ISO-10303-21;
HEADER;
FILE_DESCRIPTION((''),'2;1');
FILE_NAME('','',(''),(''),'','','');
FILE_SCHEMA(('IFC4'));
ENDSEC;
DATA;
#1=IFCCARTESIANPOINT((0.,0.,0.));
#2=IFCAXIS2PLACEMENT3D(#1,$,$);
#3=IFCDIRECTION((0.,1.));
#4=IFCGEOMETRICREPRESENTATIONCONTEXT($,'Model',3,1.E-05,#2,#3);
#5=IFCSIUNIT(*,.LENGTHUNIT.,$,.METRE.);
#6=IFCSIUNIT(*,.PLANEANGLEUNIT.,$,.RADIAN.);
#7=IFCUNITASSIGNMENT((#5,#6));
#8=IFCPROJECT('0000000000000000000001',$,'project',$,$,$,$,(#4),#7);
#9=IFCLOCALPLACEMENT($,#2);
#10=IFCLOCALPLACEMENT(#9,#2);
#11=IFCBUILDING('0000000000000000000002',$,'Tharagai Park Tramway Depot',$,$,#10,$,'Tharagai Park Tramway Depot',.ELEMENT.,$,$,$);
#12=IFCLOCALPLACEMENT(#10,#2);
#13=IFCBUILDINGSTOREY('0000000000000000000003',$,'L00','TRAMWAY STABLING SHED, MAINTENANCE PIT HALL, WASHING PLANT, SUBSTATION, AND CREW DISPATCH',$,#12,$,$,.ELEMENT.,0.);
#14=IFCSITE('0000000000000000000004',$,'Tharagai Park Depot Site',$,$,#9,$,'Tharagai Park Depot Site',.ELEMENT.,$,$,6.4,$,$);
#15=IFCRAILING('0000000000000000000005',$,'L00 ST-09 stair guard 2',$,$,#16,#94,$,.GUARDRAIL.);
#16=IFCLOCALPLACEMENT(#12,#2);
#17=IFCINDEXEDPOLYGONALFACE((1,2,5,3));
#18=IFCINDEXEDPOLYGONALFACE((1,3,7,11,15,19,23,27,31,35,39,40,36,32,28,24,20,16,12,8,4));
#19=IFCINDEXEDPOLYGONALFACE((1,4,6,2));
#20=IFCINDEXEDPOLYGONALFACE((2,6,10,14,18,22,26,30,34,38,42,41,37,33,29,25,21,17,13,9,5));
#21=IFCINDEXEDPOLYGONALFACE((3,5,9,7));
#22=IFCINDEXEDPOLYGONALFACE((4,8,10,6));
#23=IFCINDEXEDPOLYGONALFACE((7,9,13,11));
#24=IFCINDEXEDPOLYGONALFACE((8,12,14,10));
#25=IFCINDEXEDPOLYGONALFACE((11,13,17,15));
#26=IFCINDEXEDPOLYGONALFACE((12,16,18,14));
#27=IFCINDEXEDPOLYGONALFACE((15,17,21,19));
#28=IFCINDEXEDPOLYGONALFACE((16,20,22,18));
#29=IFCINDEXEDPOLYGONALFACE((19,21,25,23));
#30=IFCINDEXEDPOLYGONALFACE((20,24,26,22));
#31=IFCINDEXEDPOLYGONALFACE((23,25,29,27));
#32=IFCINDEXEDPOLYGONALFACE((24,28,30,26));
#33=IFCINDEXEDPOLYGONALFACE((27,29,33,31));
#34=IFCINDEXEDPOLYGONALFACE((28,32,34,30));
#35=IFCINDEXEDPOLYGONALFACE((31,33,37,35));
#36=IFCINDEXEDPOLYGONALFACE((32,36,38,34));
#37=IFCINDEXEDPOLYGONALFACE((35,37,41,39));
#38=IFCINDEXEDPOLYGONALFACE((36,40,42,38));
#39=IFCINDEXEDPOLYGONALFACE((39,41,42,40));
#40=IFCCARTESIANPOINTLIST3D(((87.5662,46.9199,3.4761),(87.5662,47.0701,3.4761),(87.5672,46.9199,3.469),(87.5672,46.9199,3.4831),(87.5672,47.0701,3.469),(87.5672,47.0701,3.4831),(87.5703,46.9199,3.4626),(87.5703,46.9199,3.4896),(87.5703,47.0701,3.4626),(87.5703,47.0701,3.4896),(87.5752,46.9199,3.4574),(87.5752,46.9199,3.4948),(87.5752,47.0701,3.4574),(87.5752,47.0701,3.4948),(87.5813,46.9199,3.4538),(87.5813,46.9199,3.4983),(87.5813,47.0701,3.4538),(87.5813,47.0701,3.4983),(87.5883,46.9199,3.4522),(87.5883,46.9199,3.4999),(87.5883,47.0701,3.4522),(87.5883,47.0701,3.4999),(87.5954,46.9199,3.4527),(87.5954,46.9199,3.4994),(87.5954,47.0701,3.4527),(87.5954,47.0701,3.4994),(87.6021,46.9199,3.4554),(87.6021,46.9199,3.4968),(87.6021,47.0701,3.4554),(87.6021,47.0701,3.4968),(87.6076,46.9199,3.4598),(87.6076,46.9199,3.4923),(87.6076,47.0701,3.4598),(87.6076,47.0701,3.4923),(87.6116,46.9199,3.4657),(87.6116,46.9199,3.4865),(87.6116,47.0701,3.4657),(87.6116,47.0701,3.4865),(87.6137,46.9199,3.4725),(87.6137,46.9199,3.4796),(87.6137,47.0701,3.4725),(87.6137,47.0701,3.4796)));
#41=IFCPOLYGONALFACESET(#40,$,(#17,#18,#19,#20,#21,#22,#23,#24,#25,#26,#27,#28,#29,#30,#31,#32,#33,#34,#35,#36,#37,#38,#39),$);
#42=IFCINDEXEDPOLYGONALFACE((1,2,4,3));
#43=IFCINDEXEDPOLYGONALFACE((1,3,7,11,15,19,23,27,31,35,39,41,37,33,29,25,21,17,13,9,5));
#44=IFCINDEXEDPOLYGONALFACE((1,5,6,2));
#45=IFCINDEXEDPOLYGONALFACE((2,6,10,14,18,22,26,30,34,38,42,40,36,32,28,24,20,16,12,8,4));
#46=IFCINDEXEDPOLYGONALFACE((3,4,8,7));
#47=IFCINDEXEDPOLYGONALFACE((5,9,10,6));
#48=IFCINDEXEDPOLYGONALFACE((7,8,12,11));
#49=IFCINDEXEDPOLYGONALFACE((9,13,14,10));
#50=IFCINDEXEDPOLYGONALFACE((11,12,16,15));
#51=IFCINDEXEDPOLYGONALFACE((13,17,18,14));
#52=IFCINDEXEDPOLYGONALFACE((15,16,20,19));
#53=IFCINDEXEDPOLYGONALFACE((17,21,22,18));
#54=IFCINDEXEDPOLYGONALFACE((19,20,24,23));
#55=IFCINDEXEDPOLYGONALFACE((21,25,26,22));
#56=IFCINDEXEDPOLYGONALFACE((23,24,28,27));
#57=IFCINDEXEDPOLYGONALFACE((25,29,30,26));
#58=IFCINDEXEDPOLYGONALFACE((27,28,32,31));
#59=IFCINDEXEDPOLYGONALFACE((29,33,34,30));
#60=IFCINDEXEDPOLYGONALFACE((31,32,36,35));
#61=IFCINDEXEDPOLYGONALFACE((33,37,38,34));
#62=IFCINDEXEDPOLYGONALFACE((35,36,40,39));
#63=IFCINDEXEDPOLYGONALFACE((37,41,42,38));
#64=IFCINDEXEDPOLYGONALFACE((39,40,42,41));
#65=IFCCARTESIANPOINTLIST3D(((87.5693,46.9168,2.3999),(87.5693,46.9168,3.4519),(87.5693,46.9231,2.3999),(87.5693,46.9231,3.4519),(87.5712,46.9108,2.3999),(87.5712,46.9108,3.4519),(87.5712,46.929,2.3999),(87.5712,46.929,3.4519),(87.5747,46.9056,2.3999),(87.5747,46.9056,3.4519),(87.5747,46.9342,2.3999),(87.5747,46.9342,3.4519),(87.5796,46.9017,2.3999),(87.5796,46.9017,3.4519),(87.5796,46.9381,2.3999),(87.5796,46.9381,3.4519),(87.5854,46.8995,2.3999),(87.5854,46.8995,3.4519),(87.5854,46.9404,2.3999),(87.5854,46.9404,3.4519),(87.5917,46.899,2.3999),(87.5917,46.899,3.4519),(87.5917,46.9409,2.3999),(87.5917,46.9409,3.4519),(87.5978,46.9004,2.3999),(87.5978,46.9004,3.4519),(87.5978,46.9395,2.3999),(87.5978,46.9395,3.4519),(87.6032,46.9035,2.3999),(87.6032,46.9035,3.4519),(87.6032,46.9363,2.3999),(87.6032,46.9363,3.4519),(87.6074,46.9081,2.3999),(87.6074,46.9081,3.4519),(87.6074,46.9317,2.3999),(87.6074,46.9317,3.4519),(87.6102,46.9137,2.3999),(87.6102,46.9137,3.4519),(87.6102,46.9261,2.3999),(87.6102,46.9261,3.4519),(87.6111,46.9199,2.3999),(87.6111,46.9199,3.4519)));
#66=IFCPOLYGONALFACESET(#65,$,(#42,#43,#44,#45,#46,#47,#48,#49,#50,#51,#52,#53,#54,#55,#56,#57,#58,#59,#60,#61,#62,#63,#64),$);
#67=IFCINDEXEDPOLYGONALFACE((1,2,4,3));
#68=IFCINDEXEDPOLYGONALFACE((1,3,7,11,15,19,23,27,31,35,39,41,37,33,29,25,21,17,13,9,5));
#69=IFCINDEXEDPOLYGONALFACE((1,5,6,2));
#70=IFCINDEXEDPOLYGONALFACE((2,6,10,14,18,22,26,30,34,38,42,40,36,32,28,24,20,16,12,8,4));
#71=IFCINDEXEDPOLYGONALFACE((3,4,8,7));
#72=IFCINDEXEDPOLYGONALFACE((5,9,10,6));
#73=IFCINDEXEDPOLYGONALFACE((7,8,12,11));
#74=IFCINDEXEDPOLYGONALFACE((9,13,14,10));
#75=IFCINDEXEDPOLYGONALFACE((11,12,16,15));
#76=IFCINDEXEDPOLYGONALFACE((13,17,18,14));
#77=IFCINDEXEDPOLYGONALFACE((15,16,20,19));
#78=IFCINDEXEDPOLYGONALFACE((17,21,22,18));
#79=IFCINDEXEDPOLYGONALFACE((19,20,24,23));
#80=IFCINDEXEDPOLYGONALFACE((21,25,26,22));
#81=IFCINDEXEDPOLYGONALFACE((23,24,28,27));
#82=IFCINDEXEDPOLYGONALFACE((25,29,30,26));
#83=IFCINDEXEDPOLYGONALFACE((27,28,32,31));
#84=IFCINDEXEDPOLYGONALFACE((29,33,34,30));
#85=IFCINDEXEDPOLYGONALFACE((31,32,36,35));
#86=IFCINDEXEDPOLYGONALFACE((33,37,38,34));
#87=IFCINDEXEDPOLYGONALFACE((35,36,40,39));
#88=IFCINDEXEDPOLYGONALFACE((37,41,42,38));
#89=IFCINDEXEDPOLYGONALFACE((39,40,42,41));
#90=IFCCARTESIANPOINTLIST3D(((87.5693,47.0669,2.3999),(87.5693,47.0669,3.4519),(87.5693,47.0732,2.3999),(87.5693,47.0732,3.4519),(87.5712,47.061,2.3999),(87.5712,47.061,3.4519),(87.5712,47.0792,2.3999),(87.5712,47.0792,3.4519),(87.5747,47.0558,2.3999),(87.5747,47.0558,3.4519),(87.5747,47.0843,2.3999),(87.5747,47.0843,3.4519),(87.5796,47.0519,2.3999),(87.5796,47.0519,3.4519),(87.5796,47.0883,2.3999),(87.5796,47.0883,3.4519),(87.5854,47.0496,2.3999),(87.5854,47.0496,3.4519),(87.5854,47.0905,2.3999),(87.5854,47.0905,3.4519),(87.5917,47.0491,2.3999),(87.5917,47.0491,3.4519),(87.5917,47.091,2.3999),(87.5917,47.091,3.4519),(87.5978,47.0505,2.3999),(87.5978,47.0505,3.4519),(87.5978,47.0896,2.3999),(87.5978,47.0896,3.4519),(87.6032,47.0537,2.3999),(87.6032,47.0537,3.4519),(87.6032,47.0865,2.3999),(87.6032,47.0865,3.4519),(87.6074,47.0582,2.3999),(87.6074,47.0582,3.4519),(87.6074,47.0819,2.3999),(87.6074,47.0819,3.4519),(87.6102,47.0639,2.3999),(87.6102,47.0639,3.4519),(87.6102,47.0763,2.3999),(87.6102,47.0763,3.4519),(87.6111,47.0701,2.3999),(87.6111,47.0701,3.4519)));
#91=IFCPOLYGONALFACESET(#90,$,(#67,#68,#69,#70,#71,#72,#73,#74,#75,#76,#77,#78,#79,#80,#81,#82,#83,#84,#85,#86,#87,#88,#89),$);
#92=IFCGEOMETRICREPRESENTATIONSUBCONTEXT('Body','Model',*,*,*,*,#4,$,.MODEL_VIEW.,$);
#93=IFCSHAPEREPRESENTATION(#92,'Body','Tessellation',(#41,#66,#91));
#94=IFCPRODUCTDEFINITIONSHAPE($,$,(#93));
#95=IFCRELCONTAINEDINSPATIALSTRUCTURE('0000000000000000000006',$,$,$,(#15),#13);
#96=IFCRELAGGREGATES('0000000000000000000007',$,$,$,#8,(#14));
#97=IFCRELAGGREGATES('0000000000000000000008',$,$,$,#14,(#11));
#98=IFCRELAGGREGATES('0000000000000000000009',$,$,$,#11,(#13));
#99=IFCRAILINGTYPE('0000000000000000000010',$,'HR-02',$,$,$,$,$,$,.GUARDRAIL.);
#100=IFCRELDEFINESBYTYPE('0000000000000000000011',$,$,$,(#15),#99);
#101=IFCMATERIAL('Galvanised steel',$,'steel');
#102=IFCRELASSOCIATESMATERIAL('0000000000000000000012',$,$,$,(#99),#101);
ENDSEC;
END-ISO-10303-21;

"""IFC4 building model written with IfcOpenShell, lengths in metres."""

from ifc_helpers import new_model, si_unit, direction, frame, origin, origin_2d, place, context, subcontext, project, spatial, circle, extrude, material, type_object, element, save


model = new_model("IFC4")

# Units and contexts
model_context = context("Model", 3, precision=1e-05, world=origin(), true_north=direction((0.0, 1.0)))
body_context = subcontext(model_context, "Body", "Model", "MODEL_VIEW")
ifc_project = project(units=[si_unit("LENGTHUNIT", "METRE"), si_unit("PLANEANGLEUNIT", "RADIAN")], contexts=[model_context])

# Site, building, storey
site_placement = place(None, origin())
site = spatial("IfcSite", under=ifc_project, at=site_placement, Name="Tharagai Park Depot Site", LongName="Tharagai Park Depot Site", CompositionType="ELEMENT", RefElevation=6.4)
building_placement = place(site_placement, origin())
building = spatial("IfcBuilding", under=site, at=building_placement, Name="Tharagai Park Tramway Depot", LongName="Tharagai Park Tramway Depot", CompositionType="ELEMENT")
storey_placement = place(building_placement, origin())
storey = spatial("IfcBuildingStorey", under=building, at=storey_placement, Name="L00", Description="TRAMWAY STABLING SHED, MAINTENANCE PIT HALL, WASHING PLANT, SUBSTATION, AND CREW DISPATCH", CompositionType="ELEMENT", Elevation=0.0)

# Shared definitions
ifc_material_1 = material(Name="Galvanised steel", Category="steel")

# Railing
railing_type_1 = type_object("IfcRailingType", Name="HR-02", PredefinedType="GUARDRAIL", material=ifc_material_1)
railing_1_placement = place(storey_placement, frame((87.5901, 46.9199, 2.3999)))
element("IfcRailing", 1, at=railing_1_placement, inside=storey, type_object=railing_type_1, Name="L00 ST-09 stair guard 2", PredefinedType="GUARDRAIL", context=body_context, shape_type="SweptSolid", body=[
    extrude(circle(Radius=0.0239, at=origin_2d()), frame((0.0, 0.0, 1.0762), z_axis=(0.0, 1.0, 0.0), x_axis=(-1.0, 0.0, 0.0)), (0.0, 0.0, 1.0), 0.1501),
    extrude(circle(Radius=0.021, at=origin_2d()), origin(), (0.0, 0.0, 1.0), 1.052),
    extrude(circle(Radius=0.021, at=origin_2d()), frame((0.0, 0.1501, 0.0)), (0.0, 0.0, 1.0), 1.052),
])

save(model, "model.ifc")
